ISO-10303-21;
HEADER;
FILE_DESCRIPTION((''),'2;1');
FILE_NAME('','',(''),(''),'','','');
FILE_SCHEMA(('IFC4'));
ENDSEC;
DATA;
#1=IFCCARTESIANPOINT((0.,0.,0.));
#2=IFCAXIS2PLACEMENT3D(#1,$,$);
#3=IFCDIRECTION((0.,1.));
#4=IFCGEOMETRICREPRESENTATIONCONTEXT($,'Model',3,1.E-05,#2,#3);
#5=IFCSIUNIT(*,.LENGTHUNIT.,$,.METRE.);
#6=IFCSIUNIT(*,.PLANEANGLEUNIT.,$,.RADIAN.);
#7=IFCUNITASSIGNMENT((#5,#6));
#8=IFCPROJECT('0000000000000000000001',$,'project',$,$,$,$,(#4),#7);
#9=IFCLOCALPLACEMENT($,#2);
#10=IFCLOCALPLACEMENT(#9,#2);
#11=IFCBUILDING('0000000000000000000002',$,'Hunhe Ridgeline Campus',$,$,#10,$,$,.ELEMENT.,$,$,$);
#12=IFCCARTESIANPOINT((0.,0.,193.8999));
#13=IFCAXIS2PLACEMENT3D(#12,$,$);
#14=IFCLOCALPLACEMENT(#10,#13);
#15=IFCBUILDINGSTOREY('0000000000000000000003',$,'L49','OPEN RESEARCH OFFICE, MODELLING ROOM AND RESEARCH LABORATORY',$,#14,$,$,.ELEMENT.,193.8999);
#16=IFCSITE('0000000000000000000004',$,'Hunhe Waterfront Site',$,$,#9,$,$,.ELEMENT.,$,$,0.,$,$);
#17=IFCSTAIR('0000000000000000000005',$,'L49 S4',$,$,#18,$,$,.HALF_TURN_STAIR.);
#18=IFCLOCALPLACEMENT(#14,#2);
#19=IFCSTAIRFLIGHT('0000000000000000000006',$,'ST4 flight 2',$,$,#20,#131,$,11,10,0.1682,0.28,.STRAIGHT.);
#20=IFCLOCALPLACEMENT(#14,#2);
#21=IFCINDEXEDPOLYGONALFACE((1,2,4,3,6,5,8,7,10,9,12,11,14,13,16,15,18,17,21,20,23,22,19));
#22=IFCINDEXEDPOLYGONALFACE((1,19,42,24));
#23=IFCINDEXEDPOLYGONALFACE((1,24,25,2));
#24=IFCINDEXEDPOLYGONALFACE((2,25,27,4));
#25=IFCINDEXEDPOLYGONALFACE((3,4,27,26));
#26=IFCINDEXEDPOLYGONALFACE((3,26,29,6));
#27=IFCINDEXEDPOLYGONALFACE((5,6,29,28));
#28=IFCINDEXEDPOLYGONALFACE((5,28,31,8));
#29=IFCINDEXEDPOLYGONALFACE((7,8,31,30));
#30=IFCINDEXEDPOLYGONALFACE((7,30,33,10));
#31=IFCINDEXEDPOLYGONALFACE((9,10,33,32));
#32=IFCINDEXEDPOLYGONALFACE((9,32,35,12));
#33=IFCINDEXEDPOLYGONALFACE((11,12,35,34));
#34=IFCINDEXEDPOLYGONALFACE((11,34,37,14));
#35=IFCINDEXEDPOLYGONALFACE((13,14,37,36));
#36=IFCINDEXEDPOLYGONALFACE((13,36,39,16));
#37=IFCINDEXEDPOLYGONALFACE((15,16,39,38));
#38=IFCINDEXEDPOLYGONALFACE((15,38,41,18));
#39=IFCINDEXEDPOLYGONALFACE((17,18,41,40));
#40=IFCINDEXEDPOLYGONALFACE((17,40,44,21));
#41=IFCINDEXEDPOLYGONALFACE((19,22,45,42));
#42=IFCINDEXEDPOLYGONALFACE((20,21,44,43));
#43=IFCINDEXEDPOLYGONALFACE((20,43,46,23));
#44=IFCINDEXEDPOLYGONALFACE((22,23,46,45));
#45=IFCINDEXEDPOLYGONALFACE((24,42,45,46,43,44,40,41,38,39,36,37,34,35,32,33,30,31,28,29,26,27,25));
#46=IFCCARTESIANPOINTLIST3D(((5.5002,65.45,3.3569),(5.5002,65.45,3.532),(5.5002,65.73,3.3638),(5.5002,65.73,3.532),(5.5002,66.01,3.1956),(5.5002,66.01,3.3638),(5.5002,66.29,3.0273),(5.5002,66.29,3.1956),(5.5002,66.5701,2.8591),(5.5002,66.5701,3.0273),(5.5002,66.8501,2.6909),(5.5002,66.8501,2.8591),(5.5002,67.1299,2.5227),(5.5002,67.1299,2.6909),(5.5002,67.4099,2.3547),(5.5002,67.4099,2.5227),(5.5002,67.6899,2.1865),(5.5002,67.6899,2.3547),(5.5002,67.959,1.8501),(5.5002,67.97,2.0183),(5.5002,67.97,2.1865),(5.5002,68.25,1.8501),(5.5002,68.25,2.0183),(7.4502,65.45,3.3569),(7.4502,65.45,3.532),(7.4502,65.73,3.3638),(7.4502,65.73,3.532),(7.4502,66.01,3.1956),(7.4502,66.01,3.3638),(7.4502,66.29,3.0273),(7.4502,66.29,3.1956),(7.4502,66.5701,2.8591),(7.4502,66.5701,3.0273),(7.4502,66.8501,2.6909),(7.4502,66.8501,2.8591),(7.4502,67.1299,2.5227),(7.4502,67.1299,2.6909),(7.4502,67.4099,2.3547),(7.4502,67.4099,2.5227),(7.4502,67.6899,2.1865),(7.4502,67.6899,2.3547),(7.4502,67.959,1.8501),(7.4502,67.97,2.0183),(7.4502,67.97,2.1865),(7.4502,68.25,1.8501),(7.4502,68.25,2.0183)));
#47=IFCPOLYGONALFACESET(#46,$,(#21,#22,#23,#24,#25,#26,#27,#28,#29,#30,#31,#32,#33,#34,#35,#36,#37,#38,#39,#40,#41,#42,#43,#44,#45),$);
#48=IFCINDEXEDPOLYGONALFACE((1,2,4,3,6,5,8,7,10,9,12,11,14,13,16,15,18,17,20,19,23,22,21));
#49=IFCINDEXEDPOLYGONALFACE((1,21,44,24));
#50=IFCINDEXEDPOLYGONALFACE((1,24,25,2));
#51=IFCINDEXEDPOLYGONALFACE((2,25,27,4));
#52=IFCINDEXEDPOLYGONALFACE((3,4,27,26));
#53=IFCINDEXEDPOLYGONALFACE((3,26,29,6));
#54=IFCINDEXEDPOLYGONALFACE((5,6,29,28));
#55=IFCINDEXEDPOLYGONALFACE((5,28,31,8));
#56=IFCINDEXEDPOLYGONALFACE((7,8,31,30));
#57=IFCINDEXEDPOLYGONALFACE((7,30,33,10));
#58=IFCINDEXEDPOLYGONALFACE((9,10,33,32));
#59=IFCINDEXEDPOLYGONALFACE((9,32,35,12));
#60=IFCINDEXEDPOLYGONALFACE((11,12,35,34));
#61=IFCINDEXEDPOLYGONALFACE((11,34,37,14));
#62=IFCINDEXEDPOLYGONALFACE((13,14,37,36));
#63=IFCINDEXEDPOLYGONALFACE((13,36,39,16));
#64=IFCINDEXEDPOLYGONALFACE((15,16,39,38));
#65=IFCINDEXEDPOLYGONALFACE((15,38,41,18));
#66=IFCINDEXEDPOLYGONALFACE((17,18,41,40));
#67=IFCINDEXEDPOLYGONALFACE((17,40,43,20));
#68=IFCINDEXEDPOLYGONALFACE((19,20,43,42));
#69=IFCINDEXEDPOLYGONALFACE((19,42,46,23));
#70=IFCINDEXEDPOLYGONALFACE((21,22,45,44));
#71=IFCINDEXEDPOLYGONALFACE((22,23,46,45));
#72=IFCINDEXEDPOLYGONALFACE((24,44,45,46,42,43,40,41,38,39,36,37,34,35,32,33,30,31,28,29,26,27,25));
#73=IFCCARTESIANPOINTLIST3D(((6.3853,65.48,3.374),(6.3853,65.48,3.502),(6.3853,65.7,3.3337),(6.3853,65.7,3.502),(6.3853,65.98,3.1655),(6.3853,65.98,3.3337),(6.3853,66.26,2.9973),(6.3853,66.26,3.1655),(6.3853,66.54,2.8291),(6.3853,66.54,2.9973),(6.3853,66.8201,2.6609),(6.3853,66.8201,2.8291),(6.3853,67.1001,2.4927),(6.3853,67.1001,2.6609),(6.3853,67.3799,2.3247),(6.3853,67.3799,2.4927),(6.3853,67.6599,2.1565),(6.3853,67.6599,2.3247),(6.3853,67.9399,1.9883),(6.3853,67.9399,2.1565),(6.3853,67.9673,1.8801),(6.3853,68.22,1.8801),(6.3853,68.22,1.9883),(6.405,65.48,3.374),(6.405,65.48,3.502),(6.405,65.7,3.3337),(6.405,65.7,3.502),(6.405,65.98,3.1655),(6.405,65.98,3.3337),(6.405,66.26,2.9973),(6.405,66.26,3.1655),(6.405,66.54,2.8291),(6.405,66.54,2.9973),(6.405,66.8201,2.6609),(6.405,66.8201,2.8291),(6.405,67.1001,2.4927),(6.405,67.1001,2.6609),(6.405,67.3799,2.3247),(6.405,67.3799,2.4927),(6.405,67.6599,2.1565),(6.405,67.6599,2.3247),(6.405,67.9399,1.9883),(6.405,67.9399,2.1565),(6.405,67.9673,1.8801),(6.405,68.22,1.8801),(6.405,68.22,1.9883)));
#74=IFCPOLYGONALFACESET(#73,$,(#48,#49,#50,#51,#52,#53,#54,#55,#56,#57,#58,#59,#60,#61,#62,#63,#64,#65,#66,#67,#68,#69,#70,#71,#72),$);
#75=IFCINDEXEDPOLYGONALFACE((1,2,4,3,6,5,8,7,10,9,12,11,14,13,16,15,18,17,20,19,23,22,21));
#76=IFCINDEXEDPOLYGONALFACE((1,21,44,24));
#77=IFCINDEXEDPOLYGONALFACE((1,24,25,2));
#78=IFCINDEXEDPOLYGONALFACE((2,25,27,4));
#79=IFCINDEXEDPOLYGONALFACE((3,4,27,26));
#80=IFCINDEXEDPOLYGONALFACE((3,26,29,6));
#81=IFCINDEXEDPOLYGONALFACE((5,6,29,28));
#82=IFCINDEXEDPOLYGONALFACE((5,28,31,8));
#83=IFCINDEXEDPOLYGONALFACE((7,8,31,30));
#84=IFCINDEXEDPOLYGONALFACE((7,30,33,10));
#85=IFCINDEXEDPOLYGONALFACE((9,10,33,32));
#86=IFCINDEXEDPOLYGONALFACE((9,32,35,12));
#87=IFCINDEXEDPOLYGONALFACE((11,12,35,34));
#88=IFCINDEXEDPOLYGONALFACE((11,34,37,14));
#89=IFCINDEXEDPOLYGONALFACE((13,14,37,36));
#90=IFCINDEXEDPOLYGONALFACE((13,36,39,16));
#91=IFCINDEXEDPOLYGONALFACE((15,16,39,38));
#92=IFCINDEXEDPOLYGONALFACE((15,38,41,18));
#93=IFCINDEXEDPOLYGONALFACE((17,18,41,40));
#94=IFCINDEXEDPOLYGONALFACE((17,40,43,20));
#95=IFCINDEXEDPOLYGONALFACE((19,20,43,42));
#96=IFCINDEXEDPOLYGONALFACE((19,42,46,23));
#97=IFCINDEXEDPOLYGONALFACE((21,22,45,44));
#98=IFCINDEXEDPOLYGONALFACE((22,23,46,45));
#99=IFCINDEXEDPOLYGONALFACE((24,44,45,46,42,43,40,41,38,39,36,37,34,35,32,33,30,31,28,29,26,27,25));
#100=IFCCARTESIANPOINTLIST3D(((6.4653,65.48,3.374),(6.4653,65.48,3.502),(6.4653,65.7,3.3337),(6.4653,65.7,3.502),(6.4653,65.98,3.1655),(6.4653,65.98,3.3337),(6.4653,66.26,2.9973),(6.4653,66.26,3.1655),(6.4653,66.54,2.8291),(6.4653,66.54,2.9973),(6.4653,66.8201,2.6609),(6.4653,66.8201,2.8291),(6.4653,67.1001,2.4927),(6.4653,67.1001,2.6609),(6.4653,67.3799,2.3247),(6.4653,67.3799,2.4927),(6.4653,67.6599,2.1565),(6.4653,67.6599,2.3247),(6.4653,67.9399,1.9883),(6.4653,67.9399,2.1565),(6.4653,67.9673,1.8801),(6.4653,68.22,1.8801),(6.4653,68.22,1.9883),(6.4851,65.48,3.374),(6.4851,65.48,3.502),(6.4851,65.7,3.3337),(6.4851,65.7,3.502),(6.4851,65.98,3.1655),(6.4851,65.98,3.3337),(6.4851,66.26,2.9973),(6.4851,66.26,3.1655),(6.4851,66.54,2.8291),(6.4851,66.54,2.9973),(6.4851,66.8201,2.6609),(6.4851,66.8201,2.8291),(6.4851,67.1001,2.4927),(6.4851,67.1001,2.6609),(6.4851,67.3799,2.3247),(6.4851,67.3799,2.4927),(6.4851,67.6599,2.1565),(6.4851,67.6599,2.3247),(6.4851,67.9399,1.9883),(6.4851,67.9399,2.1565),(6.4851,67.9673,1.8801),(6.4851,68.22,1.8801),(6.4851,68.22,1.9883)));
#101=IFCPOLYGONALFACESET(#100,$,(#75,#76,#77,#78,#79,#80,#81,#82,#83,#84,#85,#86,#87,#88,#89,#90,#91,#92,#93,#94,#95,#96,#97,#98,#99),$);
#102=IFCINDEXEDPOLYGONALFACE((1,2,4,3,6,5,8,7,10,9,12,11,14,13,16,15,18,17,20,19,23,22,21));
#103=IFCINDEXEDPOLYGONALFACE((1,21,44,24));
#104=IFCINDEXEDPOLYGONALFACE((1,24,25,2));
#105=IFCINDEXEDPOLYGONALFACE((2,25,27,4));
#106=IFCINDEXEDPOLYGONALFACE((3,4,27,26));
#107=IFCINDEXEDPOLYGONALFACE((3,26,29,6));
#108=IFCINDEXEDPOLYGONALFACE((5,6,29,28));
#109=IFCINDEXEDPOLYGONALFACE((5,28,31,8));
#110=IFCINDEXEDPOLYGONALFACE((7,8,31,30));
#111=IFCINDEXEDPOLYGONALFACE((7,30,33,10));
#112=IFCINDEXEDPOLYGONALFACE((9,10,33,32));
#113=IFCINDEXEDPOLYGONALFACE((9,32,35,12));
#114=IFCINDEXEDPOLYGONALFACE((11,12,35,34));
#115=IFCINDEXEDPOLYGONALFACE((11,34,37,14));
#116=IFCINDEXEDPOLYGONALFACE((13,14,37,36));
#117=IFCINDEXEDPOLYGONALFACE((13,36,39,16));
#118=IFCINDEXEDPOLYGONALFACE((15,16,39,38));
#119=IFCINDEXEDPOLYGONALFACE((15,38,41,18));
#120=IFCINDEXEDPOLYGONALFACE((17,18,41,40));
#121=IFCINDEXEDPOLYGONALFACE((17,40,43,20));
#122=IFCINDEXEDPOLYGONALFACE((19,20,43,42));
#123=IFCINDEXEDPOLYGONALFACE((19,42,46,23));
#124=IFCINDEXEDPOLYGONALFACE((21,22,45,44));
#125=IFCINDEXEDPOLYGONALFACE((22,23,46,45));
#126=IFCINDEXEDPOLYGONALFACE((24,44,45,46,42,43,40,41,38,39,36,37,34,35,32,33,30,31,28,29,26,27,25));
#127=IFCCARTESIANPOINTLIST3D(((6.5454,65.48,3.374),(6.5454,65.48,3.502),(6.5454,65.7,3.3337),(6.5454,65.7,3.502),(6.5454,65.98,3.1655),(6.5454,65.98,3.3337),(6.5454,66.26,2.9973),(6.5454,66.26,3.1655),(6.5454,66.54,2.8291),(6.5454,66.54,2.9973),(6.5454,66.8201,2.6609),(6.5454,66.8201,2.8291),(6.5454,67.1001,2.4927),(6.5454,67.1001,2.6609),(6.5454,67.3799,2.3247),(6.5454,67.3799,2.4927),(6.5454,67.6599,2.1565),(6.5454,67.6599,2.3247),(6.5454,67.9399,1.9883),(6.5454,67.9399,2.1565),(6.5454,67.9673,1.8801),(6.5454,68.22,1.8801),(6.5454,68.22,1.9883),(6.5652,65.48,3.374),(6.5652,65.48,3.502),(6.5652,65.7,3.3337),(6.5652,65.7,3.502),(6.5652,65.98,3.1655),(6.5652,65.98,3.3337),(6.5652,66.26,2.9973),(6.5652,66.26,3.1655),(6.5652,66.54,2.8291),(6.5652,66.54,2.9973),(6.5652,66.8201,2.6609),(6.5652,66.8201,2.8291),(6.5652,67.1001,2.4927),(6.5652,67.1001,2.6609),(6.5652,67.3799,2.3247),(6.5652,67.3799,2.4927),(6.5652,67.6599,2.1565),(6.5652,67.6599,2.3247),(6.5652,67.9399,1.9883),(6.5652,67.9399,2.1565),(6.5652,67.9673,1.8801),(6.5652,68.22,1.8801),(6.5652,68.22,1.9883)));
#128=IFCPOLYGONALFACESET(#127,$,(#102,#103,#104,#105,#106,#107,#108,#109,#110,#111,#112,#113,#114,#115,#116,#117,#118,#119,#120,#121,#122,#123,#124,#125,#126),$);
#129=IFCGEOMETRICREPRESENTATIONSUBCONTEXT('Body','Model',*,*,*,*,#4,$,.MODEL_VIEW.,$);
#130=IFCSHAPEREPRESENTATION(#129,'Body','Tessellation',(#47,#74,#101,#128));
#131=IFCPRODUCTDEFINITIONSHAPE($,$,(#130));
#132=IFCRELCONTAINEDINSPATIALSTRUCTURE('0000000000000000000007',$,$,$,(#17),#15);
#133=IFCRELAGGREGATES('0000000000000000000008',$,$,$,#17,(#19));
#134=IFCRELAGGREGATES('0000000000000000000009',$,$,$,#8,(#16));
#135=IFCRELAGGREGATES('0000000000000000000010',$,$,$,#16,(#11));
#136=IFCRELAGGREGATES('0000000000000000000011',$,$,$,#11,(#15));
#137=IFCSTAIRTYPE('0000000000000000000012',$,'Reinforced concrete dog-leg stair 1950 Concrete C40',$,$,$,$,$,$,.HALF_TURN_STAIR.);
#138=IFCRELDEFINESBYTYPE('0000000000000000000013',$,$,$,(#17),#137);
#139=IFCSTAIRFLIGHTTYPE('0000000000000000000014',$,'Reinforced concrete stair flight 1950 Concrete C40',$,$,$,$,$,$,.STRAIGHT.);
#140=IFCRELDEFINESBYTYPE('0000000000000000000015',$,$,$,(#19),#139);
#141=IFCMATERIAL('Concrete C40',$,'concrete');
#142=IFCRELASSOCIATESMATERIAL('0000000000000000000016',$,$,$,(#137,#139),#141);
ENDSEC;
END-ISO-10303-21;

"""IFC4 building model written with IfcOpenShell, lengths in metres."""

from ifc_helpers import new_model, si_unit, direction, frame, origin, place, context, subcontext, project, spatial, polyline, outline, extrude, material, type_object, element, aggregate, save


model = new_model("IFC4")

# Units and contexts
model_context = context("Model", 3, precision=1e-05, world=origin(), true_north=direction((0.0, 1.0)))
body_context = subcontext(model_context, "Body", "Model", "MODEL_VIEW")
ifc_project = project(units=[si_unit("LENGTHUNIT", "METRE"), si_unit("PLANEANGLEUNIT", "RADIAN")], contexts=[model_context])

# Site, building, storey
site_placement = place(None, origin())
site = spatial("IfcSite", under=ifc_project, at=site_placement, Name="Hunhe Waterfront Site", CompositionType="ELEMENT", RefElevation=0.0)
building_placement = place(site_placement, origin())
building = spatial("IfcBuilding", under=site, at=building_placement, Name="Hunhe Ridgeline Campus", CompositionType="ELEMENT")
storey_placement = place(building_placement, frame((0.0, 0.0, 193.8999)))
storey = spatial("IfcBuildingStorey", under=building, at=storey_placement, Name="L49", Description="OPEN RESEARCH OFFICE, MODELLING ROOM AND RESEARCH LABORATORY", CompositionType="ELEMENT", Elevation=193.8999)

# Stair, stair flight
ifc_material_1 = material(Name="Concrete C40", Category="concrete")
stair_type = type_object("IfcStairType", Name="Reinforced concrete dog-leg stair 1950 Concrete C40", PredefinedType="HALF_TURN_STAIR", material=ifc_material_1)
stair_placement = place(storey_placement, origin())
stair = element("IfcStair", 1, at=stair_placement, inside=storey, type_object=stair_type, Name="L49 S4", PredefinedType="HALF_TURN_STAIR")
stair_flight_type = type_object("IfcStairFlightType", Name="Reinforced concrete stair flight 1950 Concrete C40", PredefinedType="STRAIGHT", material=ifc_material_1)
stair_flight_placement = place(storey_placement, frame((6.4751, 68.25, 1.8501), z_axis=(0.0, 0.0, 1.0), x_axis=(0.0, -1.0, 0.0)))
stair_flight = element("IfcStairFlight", 2, at=stair_flight_placement, type_object=stair_flight_type, Name="ST4 flight 2", NumberOfRisers=11, NumberOfTreads=10, PredefinedType="STRAIGHT", RiserHeight=0.1682, TreadLength=0.28, context=body_context, shape_type="SweptSolid", body=[
    extrude(outline(polyline([(0.0, 0.0), (0.0, 0.1682), (0.28, 0.1682), (0.28, 0.3364), (0.5601, 0.3364), (0.5601, 0.5046), (0.8401, 0.5046), (0.8401, 0.6726), (1.1201, 0.6726), (1.1201, 0.8408), (1.3999, 0.8408), (1.3999, 1.009), (1.6799, 1.009), (1.6799, 1.1772), (1.96, 1.1772), (1.96, 1.3455), (2.24, 1.3455), (2.24, 1.5137), (2.52, 1.5137), (2.52, 1.6819), (2.8, 1.6819), (2.8, 1.8501), (2.8, 1.5068), (0.291, 0.0), (0.0, 0.0)])), frame((0.0, 0.9751, 0.0), z_axis=(0.0, -1.0, 0.0), x_axis=(1.0, 0.0, 0.0)), (0.0, 0.0, 1.0), 1.95),
    extrude(outline(polyline([(0.03, 0.03), (0.03, 0.1382), (0.3101, 0.1382), (0.3101, 0.3064), (0.5901, 0.3064), (0.5901, 0.4746), (0.8701, 0.4746), (0.8701, 0.6426), (1.1499, 0.6426), (1.1499, 0.8108), (1.4299, 0.8108), (1.4299, 0.979), (1.71, 0.979), (1.71, 1.1472), (1.99, 1.1472), (1.99, 1.3154), (2.27, 1.3154), (2.27, 1.4836), (2.55, 1.4836), (2.55, 1.6519), (2.77, 1.6519), (2.77, 1.5239), (0.2827, 0.03), (0.03, 0.03)])), frame((0.0, -0.0701, 0.0), z_axis=(0.0, -1.0, 0.0), x_axis=(1.0, 0.0, 0.0)), (0.0, 0.0, 1.0), 0.0198),
    extrude(outline(polyline([(0.03, 0.03), (0.03, 0.1382), (0.3101, 0.1382), (0.3101, 0.3064), (0.5901, 0.3064), (0.5901, 0.4746), (0.8701, 0.4746), (0.8701, 0.6426), (1.1499, 0.6426), (1.1499, 0.8108), (1.4299, 0.8108), (1.4299, 0.979), (1.71, 0.979), (1.71, 1.1472), (1.99, 1.1472), (1.99, 1.3154), (2.27, 1.3154), (2.27, 1.4836), (2.55, 1.4836), (2.55, 1.6519), (2.77, 1.6519), (2.77, 1.5239), (0.2827, 0.03), (0.03, 0.03)])), frame((0.0, 0.01, 0.0), z_axis=(0.0, -1.0, 0.0), x_axis=(1.0, 0.0, 0.0)), (0.0, 0.0, 1.0), 0.0198),
    extrude(outline(polyline([(0.03, 0.03), (0.03, 0.1382), (0.3101, 0.1382), (0.3101, 0.3064), (0.5901, 0.3064), (0.5901, 0.4746), (0.8701, 0.4746), (0.8701, 0.6426), (1.1499, 0.6426), (1.1499, 0.8108), (1.4299, 0.8108), (1.4299, 0.979), (1.71, 0.979), (1.71, 1.1472), (1.99, 1.1472), (1.99, 1.3154), (2.27, 1.3154), (2.27, 1.4836), (2.55, 1.4836), (2.55, 1.6519), (2.77, 1.6519), (2.77, 1.5239), (0.2827, 0.03), (0.03, 0.03)])), frame((0.0, 0.0901, 0.0), z_axis=(0.0, -1.0, 0.0), x_axis=(1.0, 0.0, 0.0)), (0.0, 0.0, 1.0), 0.0198),
])
aggregate(stair, [stair_flight])

save(model, "model.ifc")
